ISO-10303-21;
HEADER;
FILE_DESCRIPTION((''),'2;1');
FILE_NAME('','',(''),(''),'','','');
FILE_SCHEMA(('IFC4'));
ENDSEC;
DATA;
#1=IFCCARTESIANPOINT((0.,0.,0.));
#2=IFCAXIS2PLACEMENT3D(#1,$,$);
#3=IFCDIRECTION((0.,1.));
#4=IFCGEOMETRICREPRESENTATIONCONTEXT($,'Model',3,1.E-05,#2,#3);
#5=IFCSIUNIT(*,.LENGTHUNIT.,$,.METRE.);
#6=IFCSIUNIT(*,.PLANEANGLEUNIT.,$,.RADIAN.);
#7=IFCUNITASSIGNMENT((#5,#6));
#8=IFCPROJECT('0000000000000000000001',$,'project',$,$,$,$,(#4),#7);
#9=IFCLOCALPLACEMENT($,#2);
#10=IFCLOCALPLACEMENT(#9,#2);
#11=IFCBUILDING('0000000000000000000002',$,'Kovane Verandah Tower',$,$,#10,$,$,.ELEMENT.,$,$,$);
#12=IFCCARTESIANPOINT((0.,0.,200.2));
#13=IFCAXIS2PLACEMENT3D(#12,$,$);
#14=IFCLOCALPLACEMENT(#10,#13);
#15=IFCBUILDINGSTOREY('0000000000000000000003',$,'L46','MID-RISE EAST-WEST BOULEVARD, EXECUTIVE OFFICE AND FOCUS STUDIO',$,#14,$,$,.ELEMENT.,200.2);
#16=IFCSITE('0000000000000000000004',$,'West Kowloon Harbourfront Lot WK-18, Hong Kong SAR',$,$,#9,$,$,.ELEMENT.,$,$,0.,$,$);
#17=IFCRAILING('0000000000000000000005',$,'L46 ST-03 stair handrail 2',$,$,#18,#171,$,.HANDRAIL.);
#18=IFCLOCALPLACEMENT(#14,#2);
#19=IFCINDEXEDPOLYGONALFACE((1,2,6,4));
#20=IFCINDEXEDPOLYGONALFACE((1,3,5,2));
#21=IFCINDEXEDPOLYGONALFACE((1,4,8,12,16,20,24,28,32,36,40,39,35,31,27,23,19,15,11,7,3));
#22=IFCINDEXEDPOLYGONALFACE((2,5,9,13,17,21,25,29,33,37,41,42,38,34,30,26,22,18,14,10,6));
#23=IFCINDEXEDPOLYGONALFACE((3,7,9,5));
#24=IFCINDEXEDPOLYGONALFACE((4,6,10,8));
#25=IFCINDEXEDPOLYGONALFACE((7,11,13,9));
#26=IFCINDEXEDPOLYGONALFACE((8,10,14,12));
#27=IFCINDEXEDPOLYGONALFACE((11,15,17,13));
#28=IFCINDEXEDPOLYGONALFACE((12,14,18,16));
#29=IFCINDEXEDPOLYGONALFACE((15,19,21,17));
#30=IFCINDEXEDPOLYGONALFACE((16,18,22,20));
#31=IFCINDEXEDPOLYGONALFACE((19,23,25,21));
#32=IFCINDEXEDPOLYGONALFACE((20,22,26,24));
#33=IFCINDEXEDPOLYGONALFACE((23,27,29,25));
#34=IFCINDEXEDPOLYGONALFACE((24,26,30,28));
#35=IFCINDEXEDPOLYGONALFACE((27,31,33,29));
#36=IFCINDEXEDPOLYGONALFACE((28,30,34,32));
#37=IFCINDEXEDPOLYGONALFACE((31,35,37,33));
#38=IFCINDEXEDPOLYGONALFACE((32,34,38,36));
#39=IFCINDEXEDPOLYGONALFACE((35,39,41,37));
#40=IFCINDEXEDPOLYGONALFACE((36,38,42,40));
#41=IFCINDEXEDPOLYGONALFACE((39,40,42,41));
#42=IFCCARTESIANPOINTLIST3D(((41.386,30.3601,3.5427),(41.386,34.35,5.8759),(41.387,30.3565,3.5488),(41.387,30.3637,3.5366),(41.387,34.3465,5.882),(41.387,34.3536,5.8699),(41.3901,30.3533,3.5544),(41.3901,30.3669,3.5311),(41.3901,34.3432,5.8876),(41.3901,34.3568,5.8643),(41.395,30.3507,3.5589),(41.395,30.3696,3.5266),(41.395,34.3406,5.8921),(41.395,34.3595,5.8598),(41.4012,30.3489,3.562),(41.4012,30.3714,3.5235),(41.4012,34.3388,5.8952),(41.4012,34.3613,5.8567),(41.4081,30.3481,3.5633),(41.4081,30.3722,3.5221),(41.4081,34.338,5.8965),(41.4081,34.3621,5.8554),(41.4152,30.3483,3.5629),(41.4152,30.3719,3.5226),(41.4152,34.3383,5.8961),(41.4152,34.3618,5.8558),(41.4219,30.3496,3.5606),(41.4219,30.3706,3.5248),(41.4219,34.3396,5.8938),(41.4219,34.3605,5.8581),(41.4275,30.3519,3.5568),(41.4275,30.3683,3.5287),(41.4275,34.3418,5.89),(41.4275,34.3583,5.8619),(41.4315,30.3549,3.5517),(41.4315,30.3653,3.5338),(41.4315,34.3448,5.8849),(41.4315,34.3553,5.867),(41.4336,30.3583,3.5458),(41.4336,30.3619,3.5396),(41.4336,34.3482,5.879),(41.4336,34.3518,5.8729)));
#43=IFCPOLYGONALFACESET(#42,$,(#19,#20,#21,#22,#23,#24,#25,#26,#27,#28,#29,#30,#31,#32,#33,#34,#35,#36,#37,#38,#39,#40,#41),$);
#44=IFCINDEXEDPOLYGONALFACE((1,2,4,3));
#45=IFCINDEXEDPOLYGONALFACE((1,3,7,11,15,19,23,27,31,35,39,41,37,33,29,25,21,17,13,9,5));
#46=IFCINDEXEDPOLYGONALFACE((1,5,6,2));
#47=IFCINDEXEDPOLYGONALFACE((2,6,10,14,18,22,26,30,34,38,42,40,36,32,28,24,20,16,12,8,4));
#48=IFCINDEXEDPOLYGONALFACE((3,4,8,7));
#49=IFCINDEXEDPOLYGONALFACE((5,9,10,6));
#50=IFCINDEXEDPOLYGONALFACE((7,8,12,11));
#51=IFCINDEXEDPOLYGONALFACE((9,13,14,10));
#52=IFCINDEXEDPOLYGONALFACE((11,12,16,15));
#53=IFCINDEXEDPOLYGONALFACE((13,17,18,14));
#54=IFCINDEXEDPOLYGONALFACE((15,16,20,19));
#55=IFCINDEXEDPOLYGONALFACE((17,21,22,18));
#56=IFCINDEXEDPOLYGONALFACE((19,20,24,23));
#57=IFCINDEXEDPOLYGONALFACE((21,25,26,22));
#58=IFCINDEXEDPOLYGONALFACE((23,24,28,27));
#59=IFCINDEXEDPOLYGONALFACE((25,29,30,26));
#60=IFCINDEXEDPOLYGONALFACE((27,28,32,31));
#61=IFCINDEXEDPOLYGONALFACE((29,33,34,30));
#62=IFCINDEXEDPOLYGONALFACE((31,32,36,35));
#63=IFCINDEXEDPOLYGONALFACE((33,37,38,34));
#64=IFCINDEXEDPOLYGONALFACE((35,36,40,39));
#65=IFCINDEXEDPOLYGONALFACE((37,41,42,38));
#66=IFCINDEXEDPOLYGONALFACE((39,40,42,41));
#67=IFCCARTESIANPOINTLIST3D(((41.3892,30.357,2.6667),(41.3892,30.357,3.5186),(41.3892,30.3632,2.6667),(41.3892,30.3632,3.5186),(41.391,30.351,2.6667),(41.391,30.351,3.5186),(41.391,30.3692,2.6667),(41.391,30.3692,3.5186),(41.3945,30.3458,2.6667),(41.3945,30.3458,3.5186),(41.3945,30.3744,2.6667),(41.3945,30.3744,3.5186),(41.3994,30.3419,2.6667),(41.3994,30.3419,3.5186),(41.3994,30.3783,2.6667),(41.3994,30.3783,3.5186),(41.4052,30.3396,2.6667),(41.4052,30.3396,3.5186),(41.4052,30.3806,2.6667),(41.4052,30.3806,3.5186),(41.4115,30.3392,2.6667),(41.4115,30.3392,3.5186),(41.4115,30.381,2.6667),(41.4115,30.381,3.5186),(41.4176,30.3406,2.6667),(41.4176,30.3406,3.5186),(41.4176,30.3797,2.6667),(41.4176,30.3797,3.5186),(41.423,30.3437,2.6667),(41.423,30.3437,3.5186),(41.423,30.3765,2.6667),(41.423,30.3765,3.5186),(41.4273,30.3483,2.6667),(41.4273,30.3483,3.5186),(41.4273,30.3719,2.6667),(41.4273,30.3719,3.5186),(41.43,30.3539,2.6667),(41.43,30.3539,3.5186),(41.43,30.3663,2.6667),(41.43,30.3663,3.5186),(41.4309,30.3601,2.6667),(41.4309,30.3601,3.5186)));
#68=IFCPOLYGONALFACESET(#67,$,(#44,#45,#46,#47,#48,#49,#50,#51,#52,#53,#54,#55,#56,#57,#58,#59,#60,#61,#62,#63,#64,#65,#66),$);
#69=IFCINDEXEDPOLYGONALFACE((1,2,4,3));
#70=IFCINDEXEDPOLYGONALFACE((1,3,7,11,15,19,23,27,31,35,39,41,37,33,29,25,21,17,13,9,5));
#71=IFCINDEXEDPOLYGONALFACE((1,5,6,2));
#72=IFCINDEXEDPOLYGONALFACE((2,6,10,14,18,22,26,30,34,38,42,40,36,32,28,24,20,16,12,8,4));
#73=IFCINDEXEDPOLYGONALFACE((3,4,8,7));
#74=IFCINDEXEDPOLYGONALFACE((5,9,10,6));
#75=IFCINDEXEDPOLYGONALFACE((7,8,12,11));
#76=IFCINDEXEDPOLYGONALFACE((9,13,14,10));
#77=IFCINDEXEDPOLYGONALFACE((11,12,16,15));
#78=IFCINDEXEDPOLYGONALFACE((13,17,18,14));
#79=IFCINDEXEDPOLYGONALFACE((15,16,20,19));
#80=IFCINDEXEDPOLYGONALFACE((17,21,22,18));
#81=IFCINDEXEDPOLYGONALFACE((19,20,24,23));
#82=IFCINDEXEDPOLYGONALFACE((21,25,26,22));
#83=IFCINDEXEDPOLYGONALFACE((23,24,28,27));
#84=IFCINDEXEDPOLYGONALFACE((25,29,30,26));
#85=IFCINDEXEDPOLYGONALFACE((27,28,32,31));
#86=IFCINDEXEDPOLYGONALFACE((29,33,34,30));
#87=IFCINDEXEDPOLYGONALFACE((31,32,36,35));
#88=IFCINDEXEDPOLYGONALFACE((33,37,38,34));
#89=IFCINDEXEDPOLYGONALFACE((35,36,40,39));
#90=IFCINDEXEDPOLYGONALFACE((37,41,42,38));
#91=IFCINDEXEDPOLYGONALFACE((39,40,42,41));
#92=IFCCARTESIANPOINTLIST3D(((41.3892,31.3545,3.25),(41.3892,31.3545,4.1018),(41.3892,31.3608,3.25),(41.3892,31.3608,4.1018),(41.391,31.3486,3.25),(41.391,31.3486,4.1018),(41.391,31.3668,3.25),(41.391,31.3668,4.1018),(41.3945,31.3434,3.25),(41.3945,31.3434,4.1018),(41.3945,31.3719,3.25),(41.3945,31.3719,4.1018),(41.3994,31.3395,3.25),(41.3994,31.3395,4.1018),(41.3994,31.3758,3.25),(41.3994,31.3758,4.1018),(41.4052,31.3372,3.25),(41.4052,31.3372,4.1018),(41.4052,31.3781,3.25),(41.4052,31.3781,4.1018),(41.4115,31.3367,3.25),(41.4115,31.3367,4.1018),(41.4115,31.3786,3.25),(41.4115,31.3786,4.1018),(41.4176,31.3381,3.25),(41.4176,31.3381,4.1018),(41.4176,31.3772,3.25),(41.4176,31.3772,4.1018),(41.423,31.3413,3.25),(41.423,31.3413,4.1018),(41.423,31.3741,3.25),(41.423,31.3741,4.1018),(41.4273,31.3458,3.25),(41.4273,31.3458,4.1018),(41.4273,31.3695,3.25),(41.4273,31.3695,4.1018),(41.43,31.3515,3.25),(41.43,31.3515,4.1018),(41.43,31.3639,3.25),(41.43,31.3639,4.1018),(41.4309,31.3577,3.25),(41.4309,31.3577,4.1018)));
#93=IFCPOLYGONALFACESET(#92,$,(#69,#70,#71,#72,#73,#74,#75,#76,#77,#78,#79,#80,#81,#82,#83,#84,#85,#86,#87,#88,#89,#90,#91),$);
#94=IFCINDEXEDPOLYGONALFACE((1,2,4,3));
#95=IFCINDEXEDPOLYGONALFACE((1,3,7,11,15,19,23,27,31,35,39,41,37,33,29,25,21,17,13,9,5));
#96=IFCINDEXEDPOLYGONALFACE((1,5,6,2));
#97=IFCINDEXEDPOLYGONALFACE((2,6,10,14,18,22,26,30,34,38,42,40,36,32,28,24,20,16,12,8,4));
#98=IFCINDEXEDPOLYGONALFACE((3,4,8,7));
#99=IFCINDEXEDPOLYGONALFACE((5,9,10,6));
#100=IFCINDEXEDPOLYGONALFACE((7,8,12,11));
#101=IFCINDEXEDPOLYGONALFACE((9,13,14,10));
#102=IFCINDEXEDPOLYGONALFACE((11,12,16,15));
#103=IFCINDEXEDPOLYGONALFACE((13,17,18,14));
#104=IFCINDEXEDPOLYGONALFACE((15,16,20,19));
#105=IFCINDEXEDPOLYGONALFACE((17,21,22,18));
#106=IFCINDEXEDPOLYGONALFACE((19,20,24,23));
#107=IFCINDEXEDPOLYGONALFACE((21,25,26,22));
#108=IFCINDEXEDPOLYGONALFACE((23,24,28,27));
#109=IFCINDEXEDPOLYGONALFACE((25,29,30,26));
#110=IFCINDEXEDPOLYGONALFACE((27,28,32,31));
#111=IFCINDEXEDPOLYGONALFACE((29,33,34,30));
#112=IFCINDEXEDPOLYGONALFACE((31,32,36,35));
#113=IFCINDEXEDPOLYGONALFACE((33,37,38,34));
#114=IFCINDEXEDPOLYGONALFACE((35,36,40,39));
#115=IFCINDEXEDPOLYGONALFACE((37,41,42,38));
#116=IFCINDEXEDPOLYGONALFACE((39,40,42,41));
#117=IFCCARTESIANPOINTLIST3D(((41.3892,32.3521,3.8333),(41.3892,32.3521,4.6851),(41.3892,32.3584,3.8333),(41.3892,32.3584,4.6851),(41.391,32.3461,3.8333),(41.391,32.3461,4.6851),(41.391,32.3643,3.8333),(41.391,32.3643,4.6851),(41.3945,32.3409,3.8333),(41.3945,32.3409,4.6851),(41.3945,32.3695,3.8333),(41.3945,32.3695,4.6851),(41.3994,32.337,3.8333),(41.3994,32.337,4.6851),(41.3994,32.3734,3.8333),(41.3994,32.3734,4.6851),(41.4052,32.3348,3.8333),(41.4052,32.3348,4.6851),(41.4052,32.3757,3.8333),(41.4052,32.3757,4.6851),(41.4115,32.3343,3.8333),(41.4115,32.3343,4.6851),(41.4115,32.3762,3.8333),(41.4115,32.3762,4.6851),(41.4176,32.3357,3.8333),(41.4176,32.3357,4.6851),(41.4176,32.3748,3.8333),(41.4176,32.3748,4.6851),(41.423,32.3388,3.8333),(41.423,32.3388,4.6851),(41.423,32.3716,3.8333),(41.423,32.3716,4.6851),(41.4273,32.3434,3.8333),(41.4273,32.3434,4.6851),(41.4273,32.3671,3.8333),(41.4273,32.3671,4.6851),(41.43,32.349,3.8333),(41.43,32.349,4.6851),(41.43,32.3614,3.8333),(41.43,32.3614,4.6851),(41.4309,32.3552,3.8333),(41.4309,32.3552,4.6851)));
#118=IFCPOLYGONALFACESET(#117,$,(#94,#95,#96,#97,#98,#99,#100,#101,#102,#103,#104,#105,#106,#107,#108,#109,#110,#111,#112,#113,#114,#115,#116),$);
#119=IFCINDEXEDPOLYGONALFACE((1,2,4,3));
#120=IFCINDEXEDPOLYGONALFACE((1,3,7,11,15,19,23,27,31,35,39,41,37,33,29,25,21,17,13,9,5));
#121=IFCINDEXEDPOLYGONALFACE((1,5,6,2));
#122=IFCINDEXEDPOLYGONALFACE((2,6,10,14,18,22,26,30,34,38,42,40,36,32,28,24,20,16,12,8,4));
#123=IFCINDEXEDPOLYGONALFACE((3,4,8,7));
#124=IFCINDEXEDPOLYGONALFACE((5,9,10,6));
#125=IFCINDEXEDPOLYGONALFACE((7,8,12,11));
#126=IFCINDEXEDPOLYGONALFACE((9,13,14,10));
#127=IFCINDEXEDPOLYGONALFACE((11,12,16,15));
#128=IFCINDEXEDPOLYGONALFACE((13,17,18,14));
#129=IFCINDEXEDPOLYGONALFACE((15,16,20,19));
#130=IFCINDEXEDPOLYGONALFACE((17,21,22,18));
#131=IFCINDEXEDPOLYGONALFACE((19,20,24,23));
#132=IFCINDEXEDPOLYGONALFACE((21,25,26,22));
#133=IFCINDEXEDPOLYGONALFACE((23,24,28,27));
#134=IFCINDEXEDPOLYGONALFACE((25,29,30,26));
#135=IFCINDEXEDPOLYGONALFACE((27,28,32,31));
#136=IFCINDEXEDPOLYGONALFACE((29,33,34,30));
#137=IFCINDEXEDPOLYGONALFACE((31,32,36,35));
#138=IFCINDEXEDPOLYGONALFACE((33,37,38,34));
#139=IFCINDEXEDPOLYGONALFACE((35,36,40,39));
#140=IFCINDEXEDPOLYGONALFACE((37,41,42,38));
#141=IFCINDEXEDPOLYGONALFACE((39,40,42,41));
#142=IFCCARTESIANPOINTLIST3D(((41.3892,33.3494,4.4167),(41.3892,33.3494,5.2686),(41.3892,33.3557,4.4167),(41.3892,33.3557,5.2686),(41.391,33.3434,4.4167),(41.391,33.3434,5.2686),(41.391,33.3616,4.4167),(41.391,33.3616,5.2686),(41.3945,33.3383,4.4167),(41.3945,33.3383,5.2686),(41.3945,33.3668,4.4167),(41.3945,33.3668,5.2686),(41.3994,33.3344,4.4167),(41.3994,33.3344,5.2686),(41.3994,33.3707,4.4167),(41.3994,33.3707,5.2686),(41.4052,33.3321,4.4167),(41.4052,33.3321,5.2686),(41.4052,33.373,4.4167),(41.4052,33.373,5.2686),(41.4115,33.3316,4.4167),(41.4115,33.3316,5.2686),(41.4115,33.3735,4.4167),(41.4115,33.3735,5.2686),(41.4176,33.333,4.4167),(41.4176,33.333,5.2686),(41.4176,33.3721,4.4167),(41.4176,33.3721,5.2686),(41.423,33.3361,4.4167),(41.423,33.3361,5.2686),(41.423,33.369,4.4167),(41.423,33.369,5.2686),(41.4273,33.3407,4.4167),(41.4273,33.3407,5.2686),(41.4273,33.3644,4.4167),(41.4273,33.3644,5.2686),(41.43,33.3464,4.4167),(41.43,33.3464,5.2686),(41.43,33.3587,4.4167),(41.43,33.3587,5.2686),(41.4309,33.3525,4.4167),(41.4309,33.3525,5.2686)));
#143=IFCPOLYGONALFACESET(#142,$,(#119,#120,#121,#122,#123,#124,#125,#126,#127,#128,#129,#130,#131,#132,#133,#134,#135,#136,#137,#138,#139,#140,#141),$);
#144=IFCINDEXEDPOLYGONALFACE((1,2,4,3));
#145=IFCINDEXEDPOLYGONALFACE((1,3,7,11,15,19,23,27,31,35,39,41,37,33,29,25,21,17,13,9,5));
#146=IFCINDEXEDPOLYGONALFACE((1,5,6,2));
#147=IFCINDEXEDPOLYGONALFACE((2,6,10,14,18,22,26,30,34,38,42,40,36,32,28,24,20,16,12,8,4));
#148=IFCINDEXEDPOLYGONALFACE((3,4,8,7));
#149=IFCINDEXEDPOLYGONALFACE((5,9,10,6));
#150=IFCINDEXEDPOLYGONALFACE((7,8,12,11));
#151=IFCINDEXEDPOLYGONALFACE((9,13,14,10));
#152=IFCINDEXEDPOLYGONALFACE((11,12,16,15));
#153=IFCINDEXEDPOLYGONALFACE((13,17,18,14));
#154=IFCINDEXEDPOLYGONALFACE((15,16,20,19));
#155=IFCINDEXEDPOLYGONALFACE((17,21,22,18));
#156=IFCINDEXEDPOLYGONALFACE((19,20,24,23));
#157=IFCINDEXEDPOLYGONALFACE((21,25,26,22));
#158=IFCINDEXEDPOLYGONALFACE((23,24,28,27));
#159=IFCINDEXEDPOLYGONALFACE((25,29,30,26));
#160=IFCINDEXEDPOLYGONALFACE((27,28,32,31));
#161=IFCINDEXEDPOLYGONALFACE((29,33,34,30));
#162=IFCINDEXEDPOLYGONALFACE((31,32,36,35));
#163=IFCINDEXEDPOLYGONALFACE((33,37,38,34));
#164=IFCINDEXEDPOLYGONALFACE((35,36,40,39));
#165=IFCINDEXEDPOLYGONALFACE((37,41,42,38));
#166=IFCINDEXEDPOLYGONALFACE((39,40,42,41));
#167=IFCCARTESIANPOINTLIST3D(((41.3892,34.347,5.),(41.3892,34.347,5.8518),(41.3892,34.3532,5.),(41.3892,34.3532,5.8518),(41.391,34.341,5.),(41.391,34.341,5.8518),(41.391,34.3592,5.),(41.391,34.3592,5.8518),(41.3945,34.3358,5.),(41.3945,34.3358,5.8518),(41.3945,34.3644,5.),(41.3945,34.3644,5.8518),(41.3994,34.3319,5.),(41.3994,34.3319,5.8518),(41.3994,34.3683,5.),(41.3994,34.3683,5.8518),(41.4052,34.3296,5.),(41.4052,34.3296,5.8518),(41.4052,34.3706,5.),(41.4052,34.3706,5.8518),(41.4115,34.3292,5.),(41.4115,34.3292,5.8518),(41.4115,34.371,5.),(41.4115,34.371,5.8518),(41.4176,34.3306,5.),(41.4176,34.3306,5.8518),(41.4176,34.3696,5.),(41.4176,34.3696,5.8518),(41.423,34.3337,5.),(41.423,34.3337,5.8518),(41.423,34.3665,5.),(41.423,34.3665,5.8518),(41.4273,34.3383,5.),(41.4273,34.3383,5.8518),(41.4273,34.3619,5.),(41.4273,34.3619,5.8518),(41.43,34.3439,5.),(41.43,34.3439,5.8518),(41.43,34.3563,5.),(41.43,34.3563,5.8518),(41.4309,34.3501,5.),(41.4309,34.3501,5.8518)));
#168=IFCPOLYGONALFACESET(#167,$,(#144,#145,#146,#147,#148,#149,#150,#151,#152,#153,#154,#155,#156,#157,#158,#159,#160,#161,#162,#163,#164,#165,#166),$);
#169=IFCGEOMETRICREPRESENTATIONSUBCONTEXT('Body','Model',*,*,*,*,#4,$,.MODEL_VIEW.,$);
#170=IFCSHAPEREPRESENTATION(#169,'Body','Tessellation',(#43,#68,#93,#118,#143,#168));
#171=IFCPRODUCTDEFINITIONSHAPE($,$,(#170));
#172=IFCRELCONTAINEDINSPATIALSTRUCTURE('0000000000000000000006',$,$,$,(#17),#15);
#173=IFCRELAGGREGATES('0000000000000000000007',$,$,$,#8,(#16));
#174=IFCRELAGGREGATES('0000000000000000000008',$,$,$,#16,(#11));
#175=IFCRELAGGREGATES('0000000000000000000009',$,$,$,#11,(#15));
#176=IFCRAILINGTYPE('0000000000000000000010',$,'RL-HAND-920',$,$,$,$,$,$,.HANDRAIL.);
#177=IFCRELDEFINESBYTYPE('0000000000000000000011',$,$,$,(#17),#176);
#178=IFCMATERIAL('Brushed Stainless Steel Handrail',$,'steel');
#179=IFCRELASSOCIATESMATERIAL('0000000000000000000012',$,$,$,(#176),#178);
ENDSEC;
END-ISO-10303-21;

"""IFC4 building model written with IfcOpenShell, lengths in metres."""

from ifc_helpers import new_model, si_unit, direction, frame, origin, origin_2d, place, context, subcontext, project, spatial, circle, extrude, material, type_object, element, save


model = new_model("IFC4")

# Units and contexts
model_context = context("Model", 3, precision=1e-05, world=origin(), true_north=direction((0.0, 1.0)))
body_context = subcontext(model_context, "Body", "Model", "MODEL_VIEW")
ifc_project = project(units=[si_unit("LENGTHUNIT", "METRE"), si_unit("PLANEANGLEUNIT", "RADIAN")], contexts=[model_context])

# Site, building, storey
site_placement = place(None, origin())
site = spatial("IfcSite", under=ifc_project, at=site_placement, Name="West Kowloon Harbourfront Lot WK-18, Hong Kong SAR", CompositionType="ELEMENT", RefElevation=0.0)
building_placement = place(site_placement, origin())
building = spatial("IfcBuilding", under=site, at=building_placement, Name="Kovane Verandah Tower", CompositionType="ELEMENT")
storey_placement = place(building_placement, frame((0.0, 0.0, 200.2)))
storey = spatial("IfcBuildingStorey", under=building, at=storey_placement, Name="L46", Description="MID-RISE EAST-WEST BOULEVARD, EXECUTIVE OFFICE AND FOCUS STUDIO", CompositionType="ELEMENT", Elevation=200.2)

# Railing
ifc_material_1 = material(Name="Brushed Stainless Steel Handrail", Category="steel")
railing_type_1 = type_object("IfcRailingType", Name="RL-HAND-920", PredefinedType="HANDRAIL", material=ifc_material_1)
railing_1_placement = place(storey_placement, frame((41.4099, 30.3601, 2.6667)))
element("IfcRailing", 1, at=railing_1_placement, inside=storey, type_object=railing_type_1, Name="L46 ST-03 stair handrail 2", PredefinedType="HANDRAIL", context=body_context, shape_type="SweptSolid", body=[
    extrude(circle(Radius=0.0239, at=origin_2d()), frame((0.0, 0.0, 0.876), z_axis=(0.0, 0.863236, 0.5048), x_axis=(-1.0, 0.0, 0.0)), (0.0, 0.0, 1.0), 4.6221),
    extrude(circle(Radius=0.021, at=origin_2d()), origin(), (0.0, 0.0, 1.0), 0.8518),
    extrude(circle(Radius=0.021, at=origin_2d()), frame((0.0, 0.9976, 0.5833)), (0.0, 0.0, 1.0), 0.8518),
    extrude(circle(Radius=0.021, at=origin_2d()), frame((0.0, 1.9951, 1.1665)), (0.0, 0.0, 1.0), 0.8518),
    extrude(circle(Radius=0.021, at=origin_2d()), frame((0.0, 2.9924, 1.75)), (0.0, 0.0, 1.0), 0.8518),
    extrude(circle(Radius=0.021, at=origin_2d()), frame((0.0, 3.99, 2.3333)), (0.0, 0.0, 1.0), 0.8518),
])

save(model, "model.ifc")
